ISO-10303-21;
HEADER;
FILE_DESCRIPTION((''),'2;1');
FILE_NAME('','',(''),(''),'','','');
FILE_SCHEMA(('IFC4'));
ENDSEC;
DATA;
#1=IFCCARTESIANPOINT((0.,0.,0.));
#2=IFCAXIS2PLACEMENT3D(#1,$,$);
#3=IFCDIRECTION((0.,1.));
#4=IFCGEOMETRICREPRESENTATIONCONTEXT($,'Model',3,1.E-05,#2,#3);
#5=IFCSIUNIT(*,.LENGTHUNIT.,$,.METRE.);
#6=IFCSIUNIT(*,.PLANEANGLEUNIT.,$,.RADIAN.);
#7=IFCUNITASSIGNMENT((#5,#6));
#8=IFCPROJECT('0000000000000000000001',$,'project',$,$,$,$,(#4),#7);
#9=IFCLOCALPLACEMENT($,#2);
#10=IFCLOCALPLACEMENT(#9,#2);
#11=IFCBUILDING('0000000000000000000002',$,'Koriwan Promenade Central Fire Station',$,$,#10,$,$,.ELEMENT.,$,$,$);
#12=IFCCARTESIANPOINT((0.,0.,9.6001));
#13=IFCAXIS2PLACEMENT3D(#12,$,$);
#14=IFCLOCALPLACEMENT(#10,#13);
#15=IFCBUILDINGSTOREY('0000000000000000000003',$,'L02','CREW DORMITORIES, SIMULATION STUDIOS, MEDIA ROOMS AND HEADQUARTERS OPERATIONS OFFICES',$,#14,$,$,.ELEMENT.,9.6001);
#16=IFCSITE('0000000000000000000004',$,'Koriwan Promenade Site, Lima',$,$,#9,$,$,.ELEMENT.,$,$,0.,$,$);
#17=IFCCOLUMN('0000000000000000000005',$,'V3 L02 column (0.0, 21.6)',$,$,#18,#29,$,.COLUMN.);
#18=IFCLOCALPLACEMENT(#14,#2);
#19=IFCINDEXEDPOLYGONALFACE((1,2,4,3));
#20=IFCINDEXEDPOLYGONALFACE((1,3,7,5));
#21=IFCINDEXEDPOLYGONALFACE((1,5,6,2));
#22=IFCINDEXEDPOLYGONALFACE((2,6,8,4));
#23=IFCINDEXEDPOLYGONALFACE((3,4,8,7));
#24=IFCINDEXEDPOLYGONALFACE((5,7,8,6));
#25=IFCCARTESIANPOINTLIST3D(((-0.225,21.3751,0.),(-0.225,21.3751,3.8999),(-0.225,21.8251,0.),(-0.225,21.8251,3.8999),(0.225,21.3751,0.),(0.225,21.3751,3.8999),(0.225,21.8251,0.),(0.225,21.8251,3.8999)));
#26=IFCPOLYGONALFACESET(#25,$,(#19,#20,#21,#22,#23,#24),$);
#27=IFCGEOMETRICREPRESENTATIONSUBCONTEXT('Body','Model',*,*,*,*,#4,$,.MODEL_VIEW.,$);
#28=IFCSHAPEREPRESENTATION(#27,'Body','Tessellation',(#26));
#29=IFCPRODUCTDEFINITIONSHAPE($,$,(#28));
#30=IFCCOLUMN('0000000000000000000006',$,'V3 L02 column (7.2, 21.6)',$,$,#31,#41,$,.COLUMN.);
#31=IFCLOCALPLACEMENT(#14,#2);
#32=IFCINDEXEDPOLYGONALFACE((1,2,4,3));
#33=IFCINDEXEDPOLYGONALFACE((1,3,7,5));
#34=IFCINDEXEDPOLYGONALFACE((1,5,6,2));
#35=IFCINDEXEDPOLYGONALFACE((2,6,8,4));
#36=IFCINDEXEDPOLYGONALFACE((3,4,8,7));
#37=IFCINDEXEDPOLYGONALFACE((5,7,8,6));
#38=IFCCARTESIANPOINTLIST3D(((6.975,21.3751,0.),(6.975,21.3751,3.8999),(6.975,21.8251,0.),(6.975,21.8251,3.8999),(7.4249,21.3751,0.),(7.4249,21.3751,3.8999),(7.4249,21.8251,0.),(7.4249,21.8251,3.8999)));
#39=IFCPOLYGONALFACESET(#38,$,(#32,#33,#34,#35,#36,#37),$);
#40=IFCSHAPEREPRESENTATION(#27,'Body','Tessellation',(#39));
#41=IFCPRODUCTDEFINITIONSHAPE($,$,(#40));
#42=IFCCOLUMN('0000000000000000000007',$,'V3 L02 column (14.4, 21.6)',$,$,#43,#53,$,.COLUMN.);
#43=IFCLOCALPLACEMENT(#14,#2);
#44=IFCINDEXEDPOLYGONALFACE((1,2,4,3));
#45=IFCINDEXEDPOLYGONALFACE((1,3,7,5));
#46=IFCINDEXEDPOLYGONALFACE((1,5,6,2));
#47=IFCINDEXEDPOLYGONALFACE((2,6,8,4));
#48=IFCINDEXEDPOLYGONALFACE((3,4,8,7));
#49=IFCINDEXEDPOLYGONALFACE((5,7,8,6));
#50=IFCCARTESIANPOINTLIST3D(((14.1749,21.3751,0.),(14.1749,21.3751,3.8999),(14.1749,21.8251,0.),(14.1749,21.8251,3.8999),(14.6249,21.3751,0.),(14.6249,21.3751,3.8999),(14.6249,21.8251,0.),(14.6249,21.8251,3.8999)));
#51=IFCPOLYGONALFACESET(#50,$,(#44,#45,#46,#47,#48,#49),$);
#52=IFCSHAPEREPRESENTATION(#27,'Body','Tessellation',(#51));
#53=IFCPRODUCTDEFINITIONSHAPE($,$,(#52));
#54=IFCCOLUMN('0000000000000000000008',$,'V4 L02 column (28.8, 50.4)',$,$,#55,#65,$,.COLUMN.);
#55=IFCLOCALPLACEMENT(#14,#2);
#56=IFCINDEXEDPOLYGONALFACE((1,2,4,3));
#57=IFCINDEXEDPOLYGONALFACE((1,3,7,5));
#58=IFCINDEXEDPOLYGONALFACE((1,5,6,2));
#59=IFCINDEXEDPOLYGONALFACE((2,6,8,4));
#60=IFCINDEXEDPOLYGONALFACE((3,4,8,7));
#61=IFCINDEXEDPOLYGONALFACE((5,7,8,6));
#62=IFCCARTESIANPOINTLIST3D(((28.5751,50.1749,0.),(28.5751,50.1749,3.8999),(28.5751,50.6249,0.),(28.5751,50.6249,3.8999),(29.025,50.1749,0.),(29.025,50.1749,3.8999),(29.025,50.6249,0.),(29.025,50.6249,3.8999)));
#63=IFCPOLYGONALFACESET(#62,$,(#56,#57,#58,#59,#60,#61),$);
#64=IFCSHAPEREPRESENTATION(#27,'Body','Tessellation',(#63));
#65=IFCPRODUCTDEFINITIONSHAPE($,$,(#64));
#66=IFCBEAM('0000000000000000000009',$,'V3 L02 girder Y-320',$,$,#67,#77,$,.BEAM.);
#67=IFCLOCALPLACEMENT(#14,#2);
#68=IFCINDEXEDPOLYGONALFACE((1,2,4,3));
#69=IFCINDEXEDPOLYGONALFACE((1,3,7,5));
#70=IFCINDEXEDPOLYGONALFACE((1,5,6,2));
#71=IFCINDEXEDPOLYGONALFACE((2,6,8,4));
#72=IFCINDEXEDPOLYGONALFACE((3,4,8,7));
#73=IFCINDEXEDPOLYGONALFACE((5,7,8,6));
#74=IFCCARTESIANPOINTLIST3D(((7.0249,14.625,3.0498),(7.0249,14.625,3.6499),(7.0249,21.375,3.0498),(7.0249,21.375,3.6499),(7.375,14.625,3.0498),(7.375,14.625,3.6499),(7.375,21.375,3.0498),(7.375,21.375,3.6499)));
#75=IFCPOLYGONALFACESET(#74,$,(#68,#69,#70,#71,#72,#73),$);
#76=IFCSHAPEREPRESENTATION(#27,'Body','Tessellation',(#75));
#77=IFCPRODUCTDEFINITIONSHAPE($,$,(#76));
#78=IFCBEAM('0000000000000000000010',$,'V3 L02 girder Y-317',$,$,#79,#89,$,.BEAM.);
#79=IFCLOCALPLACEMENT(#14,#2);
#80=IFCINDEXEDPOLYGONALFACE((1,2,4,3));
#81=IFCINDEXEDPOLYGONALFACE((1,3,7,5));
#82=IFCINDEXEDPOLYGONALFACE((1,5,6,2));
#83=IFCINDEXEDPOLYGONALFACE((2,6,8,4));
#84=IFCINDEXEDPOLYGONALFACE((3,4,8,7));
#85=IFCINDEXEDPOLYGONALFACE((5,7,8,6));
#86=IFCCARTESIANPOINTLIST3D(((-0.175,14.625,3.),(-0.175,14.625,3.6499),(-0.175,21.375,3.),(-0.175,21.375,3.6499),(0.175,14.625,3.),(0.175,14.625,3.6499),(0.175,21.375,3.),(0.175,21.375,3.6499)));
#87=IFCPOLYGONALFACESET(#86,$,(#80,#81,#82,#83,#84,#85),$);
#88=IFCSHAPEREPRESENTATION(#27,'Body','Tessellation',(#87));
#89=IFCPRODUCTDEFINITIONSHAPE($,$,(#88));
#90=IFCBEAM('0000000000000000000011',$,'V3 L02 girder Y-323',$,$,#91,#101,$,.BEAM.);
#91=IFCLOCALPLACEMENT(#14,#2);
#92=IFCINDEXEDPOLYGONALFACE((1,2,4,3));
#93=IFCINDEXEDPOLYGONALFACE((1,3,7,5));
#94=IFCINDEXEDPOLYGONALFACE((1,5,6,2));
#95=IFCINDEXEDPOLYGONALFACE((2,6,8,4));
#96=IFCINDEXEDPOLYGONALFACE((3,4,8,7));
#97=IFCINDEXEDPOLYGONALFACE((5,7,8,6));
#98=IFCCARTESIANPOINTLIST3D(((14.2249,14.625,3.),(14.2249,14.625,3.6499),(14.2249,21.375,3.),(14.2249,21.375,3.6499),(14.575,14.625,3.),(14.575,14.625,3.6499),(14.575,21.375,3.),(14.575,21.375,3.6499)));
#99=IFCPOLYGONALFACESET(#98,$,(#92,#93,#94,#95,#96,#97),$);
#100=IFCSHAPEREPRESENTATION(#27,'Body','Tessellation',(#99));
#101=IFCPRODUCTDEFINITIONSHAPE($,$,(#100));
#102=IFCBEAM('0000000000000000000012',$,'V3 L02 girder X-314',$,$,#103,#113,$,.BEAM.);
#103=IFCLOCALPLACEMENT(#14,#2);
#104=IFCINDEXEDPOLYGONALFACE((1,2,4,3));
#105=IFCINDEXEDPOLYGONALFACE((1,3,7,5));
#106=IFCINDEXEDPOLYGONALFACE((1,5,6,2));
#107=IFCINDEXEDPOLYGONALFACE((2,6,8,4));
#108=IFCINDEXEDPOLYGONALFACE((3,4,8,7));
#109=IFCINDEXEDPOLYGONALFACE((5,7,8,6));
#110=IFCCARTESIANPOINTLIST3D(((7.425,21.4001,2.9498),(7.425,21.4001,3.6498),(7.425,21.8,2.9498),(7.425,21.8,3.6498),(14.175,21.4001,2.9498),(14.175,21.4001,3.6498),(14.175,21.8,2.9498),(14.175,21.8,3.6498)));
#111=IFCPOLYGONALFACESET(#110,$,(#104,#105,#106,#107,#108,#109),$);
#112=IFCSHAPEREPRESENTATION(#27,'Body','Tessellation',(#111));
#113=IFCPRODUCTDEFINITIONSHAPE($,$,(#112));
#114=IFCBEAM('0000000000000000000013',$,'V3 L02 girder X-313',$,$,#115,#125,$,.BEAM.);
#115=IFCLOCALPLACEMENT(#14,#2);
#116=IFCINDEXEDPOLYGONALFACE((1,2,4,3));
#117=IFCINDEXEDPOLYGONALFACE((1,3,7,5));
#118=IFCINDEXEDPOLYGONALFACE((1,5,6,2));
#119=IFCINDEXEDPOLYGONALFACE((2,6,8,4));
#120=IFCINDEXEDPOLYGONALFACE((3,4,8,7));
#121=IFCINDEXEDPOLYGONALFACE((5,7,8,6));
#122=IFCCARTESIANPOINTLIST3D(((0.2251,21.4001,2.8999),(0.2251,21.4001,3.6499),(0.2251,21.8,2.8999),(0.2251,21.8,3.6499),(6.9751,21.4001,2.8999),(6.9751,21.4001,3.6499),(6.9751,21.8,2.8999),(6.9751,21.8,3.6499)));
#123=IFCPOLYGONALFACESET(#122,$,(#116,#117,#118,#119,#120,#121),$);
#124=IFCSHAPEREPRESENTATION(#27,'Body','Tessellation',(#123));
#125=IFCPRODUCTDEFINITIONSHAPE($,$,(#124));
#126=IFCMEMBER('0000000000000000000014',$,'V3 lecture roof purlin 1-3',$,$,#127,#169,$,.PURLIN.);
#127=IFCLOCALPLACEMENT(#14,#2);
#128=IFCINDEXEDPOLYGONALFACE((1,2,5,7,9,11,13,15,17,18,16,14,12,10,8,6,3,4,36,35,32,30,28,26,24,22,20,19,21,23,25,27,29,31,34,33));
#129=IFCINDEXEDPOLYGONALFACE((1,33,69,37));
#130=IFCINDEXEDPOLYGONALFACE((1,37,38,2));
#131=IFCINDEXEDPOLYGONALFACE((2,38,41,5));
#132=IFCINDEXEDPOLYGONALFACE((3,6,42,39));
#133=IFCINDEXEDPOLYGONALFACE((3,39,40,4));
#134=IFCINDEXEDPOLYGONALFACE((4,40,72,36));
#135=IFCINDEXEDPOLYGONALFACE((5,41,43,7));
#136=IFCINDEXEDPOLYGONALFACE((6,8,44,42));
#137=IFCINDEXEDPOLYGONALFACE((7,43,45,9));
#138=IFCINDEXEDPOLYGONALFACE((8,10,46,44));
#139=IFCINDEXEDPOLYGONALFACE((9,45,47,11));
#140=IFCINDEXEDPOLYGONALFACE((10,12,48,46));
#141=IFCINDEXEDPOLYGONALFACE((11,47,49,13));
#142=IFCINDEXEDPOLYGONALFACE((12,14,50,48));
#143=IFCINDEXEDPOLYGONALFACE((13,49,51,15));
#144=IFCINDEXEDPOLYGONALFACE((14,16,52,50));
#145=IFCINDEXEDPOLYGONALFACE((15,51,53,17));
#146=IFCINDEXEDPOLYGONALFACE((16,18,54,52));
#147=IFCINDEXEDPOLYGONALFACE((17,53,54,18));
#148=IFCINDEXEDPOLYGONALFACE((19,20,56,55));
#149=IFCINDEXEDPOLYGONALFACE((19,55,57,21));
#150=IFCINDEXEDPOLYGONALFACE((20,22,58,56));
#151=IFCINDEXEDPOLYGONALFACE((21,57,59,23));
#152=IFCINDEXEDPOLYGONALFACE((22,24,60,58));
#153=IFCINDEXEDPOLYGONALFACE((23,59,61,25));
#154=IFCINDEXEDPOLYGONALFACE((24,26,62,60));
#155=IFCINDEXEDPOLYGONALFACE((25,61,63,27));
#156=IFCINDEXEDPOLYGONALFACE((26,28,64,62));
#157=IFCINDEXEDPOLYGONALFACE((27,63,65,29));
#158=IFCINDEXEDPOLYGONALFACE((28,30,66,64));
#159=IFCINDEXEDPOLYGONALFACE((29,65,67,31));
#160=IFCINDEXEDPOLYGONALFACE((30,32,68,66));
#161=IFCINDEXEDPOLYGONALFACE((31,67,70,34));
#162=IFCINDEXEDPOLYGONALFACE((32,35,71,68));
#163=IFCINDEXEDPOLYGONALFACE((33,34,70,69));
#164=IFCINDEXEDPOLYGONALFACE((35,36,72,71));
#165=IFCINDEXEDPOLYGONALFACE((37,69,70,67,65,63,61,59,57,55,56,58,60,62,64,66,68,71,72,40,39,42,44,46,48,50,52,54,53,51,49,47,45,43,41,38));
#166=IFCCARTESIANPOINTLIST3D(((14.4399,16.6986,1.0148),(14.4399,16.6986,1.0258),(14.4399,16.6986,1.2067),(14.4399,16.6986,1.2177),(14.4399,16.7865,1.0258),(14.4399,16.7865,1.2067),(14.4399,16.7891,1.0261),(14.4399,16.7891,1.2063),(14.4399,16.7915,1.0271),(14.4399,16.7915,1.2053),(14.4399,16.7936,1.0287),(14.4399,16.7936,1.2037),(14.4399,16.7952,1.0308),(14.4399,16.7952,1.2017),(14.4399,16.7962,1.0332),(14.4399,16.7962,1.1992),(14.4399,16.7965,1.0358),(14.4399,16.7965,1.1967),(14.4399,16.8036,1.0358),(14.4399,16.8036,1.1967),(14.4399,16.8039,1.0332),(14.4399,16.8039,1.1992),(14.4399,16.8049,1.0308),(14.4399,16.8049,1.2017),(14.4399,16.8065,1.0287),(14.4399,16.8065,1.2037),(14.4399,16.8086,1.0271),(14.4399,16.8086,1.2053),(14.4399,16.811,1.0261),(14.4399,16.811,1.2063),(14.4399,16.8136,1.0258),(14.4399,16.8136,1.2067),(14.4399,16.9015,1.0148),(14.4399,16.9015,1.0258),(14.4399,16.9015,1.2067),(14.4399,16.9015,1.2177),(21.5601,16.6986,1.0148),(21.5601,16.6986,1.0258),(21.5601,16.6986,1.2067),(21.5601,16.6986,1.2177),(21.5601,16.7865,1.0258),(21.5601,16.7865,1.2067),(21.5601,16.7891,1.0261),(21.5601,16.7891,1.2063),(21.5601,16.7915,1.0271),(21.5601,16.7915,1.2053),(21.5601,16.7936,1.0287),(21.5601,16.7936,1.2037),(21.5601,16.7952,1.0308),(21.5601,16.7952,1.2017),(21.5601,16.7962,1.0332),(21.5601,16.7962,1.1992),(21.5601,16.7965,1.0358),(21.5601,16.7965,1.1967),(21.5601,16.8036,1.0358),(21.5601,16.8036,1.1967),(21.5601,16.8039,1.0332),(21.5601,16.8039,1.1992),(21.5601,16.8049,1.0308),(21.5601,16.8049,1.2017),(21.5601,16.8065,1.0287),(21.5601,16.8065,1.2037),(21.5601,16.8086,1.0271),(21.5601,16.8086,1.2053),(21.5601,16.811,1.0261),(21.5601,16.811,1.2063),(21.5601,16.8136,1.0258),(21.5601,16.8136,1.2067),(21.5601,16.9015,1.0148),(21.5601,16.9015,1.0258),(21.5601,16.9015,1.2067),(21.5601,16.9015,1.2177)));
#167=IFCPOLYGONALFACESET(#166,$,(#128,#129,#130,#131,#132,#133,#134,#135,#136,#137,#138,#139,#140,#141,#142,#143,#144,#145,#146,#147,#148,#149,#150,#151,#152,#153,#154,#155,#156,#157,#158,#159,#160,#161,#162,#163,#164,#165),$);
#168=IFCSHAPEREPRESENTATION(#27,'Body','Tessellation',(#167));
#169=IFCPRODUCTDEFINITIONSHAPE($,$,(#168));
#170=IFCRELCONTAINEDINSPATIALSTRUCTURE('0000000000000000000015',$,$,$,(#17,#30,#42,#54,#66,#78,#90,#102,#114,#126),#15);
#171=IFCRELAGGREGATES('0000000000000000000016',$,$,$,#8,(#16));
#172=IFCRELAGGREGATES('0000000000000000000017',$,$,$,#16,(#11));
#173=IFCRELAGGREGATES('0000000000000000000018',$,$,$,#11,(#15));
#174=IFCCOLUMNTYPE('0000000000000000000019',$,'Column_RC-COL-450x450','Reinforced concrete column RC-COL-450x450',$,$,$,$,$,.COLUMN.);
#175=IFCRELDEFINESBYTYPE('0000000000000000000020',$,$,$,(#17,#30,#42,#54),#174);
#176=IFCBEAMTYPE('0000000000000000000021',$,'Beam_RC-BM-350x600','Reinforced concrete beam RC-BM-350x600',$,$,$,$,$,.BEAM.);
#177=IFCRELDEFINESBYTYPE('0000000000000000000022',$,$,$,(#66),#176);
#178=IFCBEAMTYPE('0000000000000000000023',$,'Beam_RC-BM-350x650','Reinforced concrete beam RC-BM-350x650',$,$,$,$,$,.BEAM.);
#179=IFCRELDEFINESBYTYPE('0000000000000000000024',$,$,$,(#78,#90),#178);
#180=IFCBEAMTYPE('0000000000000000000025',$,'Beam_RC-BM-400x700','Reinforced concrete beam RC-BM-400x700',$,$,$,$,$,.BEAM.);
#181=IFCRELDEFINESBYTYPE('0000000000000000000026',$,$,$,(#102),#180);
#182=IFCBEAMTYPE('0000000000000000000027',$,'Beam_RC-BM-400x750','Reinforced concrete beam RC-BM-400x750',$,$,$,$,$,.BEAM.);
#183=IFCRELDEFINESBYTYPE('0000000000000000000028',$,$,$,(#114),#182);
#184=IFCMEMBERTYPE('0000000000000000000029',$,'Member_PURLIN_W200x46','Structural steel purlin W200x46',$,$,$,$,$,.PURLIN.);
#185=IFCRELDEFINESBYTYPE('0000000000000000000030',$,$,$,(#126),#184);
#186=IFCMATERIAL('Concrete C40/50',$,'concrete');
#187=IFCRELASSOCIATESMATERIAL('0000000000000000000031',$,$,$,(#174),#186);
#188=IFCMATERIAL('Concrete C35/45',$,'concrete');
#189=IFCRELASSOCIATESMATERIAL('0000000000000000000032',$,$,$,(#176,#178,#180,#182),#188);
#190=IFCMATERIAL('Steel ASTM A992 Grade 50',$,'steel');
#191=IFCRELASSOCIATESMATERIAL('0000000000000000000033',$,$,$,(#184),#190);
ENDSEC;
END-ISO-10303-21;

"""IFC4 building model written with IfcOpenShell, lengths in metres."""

from ifc_helpers import new_model, si_unit, direction, frame, origin, origin_2d, place, context, subcontext, project, spatial, rectangle, i_section, extrude, material, material_profile, profile_set, type_object, element, save


model = new_model("IFC4")

# Units and contexts
model_context = context("Model", 3, precision=1e-05, world=origin(), true_north=direction((0.0, 1.0)))
body_context = subcontext(model_context, "Body", "Model", "MODEL_VIEW")
ifc_project = project(units=[si_unit("LENGTHUNIT", "METRE"), si_unit("PLANEANGLEUNIT", "RADIAN")], contexts=[model_context])

# Site, building, storey
site_placement = place(None, origin())
site = spatial("IfcSite", under=ifc_project, at=site_placement, Name="Koriwan Promenade Site, Lima", CompositionType="ELEMENT", RefElevation=0.0)
building_placement = place(site_placement, origin())
building = spatial("IfcBuilding", under=site, at=building_placement, Name="Koriwan Promenade Central Fire Station", CompositionType="ELEMENT")
storey_placement = place(building_placement, frame((0.0, 0.0, 9.6001)))
storey = spatial("IfcBuildingStorey", under=building, at=storey_placement, Name="L02", Description="CREW DORMITORIES, SIMULATION STUDIOS, MEDIA ROOMS AND HEADQUARTERS OPERATIONS OFFICES", CompositionType="ELEMENT", Elevation=9.6001)

# Columns
ifc_material_1 = material(Name="Concrete C40/50", Category="concrete")
ifc_material_profile_1 = material_profile(ifc_material_1, rectangle(XDim=0.45, YDim=0.45, at=origin_2d()), Name="RC-COL-450x450")
ifc_profile_set_1 = profile_set([ifc_material_profile_1], Name="Concrete C40/50")
column_type = type_object("IfcColumnType", Name="Column_RC-COL-450x450", Description="Reinforced concrete column RC-COL-450x450", PredefinedType="COLUMN", material=ifc_profile_set_1)
for number, where, z_axis, x_axis, name in (
    (1, (0.0, 21.6001, 0.0), (0.0, 0.0, 1.0), (1.0, 0.0, 0.0), "V3 L02 column (0.0, 21.6)"),
    (2, (7.2, 21.6001, 0.0), (0.0, 0.0, 1.0), (1.0, 0.0, 0.0), "V3 L02 column (7.2, 21.6)"),
    (3, (14.3999, 21.6001, 0.0), (0.0, 0.0, 1.0), (1.0, 0.0, 0.0), "V3 L02 column (14.4, 21.6)"),
    (4, (28.8, 50.3999, 0.0), (0.0, 0.0, 1.0), (1.0, 0.0, 0.0), "V4 L02 column (28.8, 50.4)"),
):
    element("IfcColumn", number, at=place(storey_placement, frame(where, z_axis=z_axis, x_axis=x_axis)), inside=storey, type_object=column_type, Name=name, PredefinedType="COLUMN", context=body_context, shape_type="SweptSolid", body=[
        extrude(rectangle(XDim=0.45, YDim=0.45, at=origin_2d()), origin(), (0.0, 0.0, 1.0), 3.8999),
    ])

# Beams
ifc_material_2 = material(Name="Concrete C35/45", Category="concrete")
ifc_material_profile_2 = material_profile(ifc_material_2, rectangle(XDim=0.3501, YDim=0.6001, at=origin_2d()), Name="RC-BM-350x600")
ifc_profile_set_2 = profile_set([ifc_material_profile_2], Name="Concrete C35/45")
beam_type_1 = type_object("IfcBeamType", Name="Beam_RC-BM-350x600", Description="Reinforced concrete beam RC-BM-350x600", PredefinedType="BEAM", material=ifc_profile_set_2)
beam_1_placement = place(storey_placement, frame((7.2, 14.625, 3.3499), z_axis=(0.0, 1.0, 0.0), x_axis=(-1.0, 0.0, 0.0)))
element("IfcBeam", 5, at=beam_1_placement, inside=storey, type_object=beam_type_1, Name="V3 L02 girder Y-320", PredefinedType="BEAM", context=body_context, shape_type="SweptSolid", body=[
    extrude(rectangle(XDim=0.3501, YDim=0.6001, at=origin_2d()), origin(), (0.0, 0.0, 1.0), 6.75),
])
ifc_material_profile_3 = material_profile(ifc_material_2, rectangle(XDim=0.3501, YDim=0.6499, at=origin_2d()), Name="RC-BM-350x650")
ifc_profile_set_3 = profile_set([ifc_material_profile_3], Name="Concrete C35/45")
beam_type_2 = type_object("IfcBeamType", Name="Beam_RC-BM-350x650", Description="Reinforced concrete beam RC-BM-350x650", PredefinedType="BEAM", material=ifc_profile_set_3)
for number, where, z_axis, x_axis, name in (
    (6, (0.0, 14.625, 3.325), (0.0, 1.0, 0.0), (-1.0, 0.0, 0.0), "V3 L02 girder Y-317"),
    (7, (14.3999, 14.625, 3.325), (0.0, 1.0, 0.0), (-1.0, 0.0, 0.0), "V3 L02 girder Y-323"),
):
    element("IfcBeam", number, at=place(storey_placement, frame(where, z_axis=z_axis, x_axis=x_axis)), inside=storey, type_object=beam_type_2, Name=name, PredefinedType="BEAM", context=body_context, shape_type="SweptSolid", body=[
        extrude(rectangle(XDim=0.3501, YDim=0.6499, at=origin_2d()), origin(), (0.0, 0.0, 1.0), 6.75),
    ])
ifc_material_profile_4 = material_profile(ifc_material_2, rectangle(XDim=0.3999, YDim=0.7, at=origin_2d()), Name="RC-BM-400x700")
ifc_profile_set_4 = profile_set([ifc_material_profile_4], Name="Concrete C35/45")
beam_type_3 = type_object("IfcBeamType", Name="Beam_RC-BM-400x700", Description="Reinforced concrete beam RC-BM-400x700", PredefinedType="BEAM", material=ifc_profile_set_4)
beam_2_placement = place(storey_placement, frame((7.425, 21.6001, 3.2998), z_axis=(1.0, 0.0, 0.0), x_axis=(0.0, 1.0, 0.0)))
element("IfcBeam", 8, at=beam_2_placement, inside=storey, type_object=beam_type_3, Name="V3 L02 girder X-314", PredefinedType="BEAM", context=body_context, shape_type="SweptSolid", body=[
    extrude(rectangle(XDim=0.3999, YDim=0.7, at=origin_2d()), origin(), (0.0, 0.0, 1.0), 6.75),
])
ifc_material_profile_5 = material_profile(ifc_material_2, rectangle(XDim=0.3999, YDim=0.75, at=origin_2d()), Name="RC-BM-400x750")
ifc_profile_set_5 = profile_set([ifc_material_profile_5], Name="Concrete C35/45")
beam_type_4 = type_object("IfcBeamType", Name="Beam_RC-BM-400x750", Description="Reinforced concrete beam RC-BM-400x750", PredefinedType="BEAM", material=ifc_profile_set_5)
beam_3_placement = place(storey_placement, frame((0.2251, 21.6001, 3.2749), z_axis=(1.0, 0.0, 0.0), x_axis=(0.0, 1.0, 0.0)))
element("IfcBeam", 9, at=beam_3_placement, inside=storey, type_object=beam_type_4, Name="V3 L02 girder X-313", PredefinedType="BEAM", context=body_context, shape_type="SweptSolid", body=[
    extrude(rectangle(XDim=0.3999, YDim=0.75, at=origin_2d()), origin(), (0.0, 0.0, 1.0), 6.75),
])

# Member
ifc_material_3 = material(Name="Steel ASTM A992 Grade 50", Category="steel")
ifc_material_profile_6 = material_profile(ifc_material_3, i_section(OverallWidth=0.2029, OverallDepth=0.2029, WebThickness=0.0071, FlangeThickness=0.011, FilletRadius=0.01, at=origin_2d()), Name="W200x46")
ifc_profile_set_6 = profile_set([ifc_material_profile_6], Name="Steel ASTM A992 Grade 50")
member_type = type_object("IfcMemberType", Name="Member_PURLIN_W200x46", Description="Structural steel purlin W200x46", PredefinedType="PURLIN", material=ifc_profile_set_6)
for number, where, z_axis, x_axis, name in (
    (10, (14.4399, 16.8, 1.1162), (1.0, 0.0, 0.0), (0.0, 1.0, 0.0), "V3 lecture roof purlin 1-3"),
):
    element("IfcMember", number, at=place(storey_placement, frame(where, z_axis=z_axis, x_axis=x_axis)), inside=storey, type_object=member_type, Name=name, PredefinedType="PURLIN", context=body_context, shape_type="SweptSolid", body=[
        extrude(i_section(OverallWidth=0.2029, OverallDepth=0.2029, WebThickness=0.0071, FlangeThickness=0.011, FilletRadius=0.01, at=origin_2d()), origin(), (0.0, 0.0, 1.0), 7.1201),
    ])

save(model, "model.ifc")
